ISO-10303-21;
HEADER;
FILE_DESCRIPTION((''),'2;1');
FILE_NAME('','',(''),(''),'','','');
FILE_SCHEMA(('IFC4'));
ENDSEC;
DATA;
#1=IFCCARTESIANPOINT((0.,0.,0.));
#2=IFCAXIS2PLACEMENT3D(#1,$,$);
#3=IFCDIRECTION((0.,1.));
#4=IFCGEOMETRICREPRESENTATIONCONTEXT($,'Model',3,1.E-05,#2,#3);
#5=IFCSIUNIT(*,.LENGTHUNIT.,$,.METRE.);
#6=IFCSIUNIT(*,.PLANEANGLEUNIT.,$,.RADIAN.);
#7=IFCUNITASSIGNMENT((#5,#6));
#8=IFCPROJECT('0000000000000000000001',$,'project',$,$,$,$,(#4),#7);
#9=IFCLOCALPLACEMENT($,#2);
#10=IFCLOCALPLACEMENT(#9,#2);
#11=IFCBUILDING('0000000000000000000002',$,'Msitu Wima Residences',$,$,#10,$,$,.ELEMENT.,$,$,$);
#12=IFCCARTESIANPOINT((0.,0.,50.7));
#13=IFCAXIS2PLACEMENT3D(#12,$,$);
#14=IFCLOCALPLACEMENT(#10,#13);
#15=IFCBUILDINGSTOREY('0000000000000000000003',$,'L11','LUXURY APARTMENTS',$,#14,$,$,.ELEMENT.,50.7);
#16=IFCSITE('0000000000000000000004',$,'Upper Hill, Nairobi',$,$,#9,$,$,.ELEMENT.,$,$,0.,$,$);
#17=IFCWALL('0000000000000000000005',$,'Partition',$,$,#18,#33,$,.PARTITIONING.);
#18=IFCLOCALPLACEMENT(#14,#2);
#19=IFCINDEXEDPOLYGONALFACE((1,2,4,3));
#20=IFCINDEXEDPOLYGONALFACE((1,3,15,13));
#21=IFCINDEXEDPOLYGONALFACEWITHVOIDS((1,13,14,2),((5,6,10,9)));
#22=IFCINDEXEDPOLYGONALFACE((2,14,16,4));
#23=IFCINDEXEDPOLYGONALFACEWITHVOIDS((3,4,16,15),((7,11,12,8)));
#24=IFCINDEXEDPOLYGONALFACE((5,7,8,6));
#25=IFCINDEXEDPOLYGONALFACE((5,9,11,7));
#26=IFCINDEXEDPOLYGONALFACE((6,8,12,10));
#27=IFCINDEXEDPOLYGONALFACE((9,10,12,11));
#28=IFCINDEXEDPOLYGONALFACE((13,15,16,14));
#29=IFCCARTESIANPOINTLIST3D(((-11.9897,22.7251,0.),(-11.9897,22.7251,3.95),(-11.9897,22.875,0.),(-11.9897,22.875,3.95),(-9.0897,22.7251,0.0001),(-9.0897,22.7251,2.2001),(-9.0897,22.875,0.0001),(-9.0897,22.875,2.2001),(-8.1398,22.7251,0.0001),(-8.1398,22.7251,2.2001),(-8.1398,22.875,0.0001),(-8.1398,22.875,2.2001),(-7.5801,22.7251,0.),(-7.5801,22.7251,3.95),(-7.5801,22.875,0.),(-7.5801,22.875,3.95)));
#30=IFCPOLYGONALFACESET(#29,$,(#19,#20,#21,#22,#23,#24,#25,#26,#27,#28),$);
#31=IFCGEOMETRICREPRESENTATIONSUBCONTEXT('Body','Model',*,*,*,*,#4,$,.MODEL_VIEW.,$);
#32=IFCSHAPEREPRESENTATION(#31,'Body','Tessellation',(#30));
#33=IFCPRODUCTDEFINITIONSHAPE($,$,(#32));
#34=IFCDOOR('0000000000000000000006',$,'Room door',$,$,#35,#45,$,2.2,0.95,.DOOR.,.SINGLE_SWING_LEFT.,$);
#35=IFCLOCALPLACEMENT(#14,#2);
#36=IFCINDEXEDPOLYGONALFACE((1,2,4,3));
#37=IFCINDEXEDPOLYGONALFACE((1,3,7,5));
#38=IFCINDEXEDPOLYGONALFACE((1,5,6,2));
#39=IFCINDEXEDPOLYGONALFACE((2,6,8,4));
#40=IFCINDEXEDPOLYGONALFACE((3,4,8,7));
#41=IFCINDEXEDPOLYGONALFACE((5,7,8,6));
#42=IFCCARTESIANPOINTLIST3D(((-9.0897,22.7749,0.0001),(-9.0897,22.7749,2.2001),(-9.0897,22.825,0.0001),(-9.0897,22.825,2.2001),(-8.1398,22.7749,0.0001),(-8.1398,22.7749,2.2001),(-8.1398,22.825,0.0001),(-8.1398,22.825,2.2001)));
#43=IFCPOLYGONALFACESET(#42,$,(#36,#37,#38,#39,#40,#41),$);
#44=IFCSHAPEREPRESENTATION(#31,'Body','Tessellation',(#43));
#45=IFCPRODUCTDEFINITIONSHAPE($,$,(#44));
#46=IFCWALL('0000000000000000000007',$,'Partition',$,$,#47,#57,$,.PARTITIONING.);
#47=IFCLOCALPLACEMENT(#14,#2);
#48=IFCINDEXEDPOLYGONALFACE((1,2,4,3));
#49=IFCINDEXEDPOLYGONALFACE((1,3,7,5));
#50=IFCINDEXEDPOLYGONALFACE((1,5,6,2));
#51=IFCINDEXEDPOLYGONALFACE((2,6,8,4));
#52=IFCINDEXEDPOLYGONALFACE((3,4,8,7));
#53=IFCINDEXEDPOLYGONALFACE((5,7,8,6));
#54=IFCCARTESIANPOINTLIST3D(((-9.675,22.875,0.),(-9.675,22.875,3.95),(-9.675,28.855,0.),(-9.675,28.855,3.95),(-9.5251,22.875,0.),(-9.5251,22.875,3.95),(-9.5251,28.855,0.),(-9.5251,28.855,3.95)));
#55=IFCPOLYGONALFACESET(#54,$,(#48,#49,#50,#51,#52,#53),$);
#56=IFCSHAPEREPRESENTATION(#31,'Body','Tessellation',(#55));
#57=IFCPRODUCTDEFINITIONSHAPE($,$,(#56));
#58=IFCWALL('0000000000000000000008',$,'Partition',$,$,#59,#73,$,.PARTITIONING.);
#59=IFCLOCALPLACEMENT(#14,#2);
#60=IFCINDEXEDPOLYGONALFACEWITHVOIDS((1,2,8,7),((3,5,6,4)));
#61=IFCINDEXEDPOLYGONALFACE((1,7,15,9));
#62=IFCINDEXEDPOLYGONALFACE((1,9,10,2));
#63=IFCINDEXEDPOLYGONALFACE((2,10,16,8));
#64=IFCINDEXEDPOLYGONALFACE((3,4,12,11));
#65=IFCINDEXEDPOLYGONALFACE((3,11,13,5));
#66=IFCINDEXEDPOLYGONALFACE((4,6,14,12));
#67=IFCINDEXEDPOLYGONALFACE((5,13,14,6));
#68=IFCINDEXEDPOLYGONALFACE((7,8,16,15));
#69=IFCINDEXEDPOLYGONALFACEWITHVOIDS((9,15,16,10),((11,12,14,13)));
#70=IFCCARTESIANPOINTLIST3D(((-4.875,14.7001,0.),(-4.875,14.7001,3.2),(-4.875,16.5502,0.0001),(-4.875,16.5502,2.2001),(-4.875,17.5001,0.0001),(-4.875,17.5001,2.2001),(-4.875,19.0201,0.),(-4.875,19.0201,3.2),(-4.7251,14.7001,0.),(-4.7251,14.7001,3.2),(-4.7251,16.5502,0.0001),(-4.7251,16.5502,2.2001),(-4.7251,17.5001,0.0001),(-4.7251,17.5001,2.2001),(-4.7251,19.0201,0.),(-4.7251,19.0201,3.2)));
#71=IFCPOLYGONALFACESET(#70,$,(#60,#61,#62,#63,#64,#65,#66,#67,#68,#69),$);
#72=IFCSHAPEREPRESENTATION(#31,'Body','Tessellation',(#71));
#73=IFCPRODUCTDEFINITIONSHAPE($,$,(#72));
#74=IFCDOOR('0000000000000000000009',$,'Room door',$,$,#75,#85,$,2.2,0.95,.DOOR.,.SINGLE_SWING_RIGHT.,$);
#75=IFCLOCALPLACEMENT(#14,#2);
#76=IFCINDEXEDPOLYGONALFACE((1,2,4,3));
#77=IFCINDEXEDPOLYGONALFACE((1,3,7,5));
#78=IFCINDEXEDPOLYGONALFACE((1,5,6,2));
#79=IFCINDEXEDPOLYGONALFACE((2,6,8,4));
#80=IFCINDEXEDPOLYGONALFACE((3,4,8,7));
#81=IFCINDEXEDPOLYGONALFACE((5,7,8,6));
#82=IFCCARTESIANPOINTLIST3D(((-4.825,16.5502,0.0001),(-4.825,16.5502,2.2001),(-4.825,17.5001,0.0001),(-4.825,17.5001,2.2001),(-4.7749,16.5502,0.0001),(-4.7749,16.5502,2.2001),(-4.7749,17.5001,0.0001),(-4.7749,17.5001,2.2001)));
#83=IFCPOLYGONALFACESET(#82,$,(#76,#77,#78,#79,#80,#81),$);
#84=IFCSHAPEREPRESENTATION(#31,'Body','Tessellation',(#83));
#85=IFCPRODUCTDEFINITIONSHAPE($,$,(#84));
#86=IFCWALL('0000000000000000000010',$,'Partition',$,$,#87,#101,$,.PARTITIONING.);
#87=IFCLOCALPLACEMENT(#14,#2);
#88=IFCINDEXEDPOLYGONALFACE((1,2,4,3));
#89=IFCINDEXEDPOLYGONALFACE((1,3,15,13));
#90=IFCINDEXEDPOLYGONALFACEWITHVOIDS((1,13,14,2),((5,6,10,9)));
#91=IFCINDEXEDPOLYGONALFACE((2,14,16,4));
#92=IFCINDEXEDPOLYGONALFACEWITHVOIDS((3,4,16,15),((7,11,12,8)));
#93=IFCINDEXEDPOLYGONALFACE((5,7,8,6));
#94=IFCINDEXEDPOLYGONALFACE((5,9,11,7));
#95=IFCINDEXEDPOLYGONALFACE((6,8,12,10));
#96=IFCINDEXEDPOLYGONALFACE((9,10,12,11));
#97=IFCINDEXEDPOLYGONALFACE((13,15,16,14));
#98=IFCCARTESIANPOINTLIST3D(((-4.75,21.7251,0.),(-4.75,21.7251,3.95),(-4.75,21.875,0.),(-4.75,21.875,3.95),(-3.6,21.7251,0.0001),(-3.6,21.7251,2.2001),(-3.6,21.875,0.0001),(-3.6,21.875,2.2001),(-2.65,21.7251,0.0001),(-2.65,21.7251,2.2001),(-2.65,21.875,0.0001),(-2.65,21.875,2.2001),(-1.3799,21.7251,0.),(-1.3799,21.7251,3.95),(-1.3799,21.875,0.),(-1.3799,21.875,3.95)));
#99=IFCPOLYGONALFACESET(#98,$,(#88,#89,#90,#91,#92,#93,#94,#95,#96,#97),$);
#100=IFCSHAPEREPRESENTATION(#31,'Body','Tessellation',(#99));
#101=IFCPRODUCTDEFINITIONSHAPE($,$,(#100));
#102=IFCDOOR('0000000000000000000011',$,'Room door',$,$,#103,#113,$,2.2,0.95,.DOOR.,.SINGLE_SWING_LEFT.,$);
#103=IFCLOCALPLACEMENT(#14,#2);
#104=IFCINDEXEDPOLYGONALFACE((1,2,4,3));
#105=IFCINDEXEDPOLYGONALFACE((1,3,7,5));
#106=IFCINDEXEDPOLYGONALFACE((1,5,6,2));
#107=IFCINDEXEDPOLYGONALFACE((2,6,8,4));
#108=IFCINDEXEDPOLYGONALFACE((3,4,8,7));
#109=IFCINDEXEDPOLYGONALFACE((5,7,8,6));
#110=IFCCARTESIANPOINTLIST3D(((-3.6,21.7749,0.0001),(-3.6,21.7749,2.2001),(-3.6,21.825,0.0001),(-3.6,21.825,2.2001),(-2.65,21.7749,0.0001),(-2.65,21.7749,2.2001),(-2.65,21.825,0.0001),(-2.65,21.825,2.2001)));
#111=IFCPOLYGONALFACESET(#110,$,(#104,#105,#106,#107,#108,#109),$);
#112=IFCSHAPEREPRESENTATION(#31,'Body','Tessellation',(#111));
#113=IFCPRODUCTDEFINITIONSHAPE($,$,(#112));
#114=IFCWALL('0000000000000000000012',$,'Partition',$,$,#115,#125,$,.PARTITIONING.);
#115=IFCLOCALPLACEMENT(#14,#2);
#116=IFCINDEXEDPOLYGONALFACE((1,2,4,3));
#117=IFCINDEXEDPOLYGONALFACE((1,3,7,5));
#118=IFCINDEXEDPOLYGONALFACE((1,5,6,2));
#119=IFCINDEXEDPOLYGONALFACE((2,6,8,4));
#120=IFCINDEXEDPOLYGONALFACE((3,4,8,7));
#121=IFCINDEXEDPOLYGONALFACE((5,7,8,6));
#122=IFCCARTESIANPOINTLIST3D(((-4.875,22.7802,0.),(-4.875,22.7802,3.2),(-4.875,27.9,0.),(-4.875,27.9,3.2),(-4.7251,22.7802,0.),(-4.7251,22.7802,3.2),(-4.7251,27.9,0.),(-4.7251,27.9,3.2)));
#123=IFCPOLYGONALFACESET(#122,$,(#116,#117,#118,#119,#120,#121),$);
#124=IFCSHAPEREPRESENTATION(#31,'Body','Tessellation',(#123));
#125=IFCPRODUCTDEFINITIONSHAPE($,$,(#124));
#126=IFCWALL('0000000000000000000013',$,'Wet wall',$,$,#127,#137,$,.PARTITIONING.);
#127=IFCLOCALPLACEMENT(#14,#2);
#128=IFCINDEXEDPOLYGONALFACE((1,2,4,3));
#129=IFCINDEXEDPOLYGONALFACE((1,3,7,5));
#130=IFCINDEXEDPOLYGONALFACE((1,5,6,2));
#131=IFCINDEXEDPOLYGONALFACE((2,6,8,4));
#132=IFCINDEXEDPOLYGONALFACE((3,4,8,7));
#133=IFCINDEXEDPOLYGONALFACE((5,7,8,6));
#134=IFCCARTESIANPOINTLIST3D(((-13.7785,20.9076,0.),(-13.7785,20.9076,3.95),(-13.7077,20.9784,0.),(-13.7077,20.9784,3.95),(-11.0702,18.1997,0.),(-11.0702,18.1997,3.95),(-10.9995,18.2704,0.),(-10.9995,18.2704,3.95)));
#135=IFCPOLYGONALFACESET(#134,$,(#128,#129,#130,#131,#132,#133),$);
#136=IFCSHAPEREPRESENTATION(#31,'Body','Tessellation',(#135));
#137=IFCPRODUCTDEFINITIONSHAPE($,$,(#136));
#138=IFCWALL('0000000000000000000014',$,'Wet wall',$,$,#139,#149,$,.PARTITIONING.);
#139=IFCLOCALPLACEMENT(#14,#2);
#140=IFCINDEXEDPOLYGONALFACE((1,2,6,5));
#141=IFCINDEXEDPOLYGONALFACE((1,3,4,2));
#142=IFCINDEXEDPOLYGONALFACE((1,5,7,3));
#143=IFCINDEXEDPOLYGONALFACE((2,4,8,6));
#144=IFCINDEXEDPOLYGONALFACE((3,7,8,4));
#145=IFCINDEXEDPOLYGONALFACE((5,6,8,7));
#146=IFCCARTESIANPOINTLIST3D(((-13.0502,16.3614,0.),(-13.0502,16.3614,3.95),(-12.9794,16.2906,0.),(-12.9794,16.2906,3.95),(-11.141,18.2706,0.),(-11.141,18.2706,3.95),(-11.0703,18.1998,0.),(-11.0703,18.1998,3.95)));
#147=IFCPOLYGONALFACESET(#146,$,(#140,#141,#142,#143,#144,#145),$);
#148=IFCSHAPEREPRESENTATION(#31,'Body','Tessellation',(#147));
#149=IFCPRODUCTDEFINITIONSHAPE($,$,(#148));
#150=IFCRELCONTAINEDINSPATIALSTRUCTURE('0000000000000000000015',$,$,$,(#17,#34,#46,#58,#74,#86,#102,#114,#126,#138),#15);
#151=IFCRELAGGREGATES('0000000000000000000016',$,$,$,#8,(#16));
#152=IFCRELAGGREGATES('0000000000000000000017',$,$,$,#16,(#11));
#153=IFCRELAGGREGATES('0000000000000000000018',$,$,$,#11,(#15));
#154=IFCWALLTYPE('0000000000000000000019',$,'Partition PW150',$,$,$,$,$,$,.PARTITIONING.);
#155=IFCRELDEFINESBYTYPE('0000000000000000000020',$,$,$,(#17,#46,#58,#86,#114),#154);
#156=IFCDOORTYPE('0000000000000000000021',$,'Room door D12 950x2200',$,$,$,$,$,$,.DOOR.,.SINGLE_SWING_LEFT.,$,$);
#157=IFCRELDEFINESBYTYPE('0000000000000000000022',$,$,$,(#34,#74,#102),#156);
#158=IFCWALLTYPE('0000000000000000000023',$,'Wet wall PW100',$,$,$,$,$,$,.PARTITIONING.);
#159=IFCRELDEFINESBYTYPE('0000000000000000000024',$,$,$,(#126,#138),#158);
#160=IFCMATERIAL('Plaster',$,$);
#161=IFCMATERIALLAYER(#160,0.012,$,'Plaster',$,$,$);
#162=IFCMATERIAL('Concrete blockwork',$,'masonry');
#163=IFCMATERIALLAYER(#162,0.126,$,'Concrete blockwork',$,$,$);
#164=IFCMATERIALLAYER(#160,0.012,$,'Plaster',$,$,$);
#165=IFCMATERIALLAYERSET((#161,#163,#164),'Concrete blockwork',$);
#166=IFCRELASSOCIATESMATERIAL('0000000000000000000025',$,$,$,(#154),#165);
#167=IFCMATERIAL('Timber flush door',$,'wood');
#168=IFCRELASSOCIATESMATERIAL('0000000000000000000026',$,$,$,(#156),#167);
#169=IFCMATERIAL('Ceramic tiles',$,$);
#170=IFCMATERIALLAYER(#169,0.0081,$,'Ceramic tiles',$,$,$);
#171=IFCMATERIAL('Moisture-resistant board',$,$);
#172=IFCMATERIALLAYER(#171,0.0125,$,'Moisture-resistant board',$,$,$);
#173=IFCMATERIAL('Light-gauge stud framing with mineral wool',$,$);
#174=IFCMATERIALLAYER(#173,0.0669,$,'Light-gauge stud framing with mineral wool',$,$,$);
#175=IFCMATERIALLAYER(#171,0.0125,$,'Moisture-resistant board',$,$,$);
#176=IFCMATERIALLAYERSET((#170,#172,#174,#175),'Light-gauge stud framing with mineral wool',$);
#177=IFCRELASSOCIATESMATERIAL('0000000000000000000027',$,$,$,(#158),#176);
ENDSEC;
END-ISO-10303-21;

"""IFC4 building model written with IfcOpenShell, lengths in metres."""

from ifc_helpers import new_model, si_unit, direction, frame, frame_2d, origin, place, context, subcontext, project, spatial, rectangle, extrude, material, layer, layer_set, type_object, element, fill, save


model = new_model("IFC4")

# Units and contexts
model_context = context("Model", 3, precision=1e-05, world=origin(), true_north=direction((0.0, 1.0)))
body_context = subcontext(model_context, "Body", "Model", "MODEL_VIEW")
ifc_project = project(units=[si_unit("LENGTHUNIT", "METRE"), si_unit("PLANEANGLEUNIT", "RADIAN")], contexts=[model_context])

# Site, building, storey
site_placement = place(None, origin())
site = spatial("IfcSite", under=ifc_project, at=site_placement, Name="Upper Hill, Nairobi", CompositionType="ELEMENT", RefElevation=0.0)
building_placement = place(site_placement, origin())
building = spatial("IfcBuilding", under=site, at=building_placement, Name="Msitu Wima Residences", CompositionType="ELEMENT")
storey_placement = place(building_placement, frame((0.0, 0.0, 50.7)))
storey = spatial("IfcBuildingStorey", under=building, at=storey_placement, Name="L11", Description="LUXURY APARTMENTS", CompositionType="ELEMENT", Elevation=50.7)

# Wall, opening, door
ifc_material_1 = material(Name="Plaster")
ifc_layer_1 = layer(ifc_material_1, 0.012, Name="Plaster")
ifc_material_2 = material(Name="Concrete blockwork", Category="masonry")
ifc_layer_2 = layer(ifc_material_2, 0.126, Name="Concrete blockwork")
ifc_layer_3 = layer(ifc_material_1, 0.012, Name="Plaster")
ifc_layer_set_1 = layer_set([ifc_layer_1, ifc_layer_2, ifc_layer_3], Name="Concrete blockwork")
wall_type_1 = type_object("IfcWallType", Name="Partition PW150", PredefinedType="PARTITIONING", material=ifc_layer_set_1)
ifc_material_3 = material(Name="Timber flush door", Category="wood")
door_type_1 = type_object("IfcDoorType", Name="Room door D12 950x2200", OperationType="SINGLE_SWING_LEFT", PredefinedType="DOOR", material=ifc_material_3)
wall_1_placement = place(storey_placement, frame((-11.9897, 22.8, 0.0), z_axis=(0.0, 0.0, 1.0), x_axis=(1.0, 0.0, 0.0)))
wall_1 = element("IfcWall", 1, at=wall_1_placement, inside=storey, type_object=wall_type_1, Name="Partition", PredefinedType="PARTITIONING", context=body_context, shape_type="SweptSolid", body=[
    extrude(rectangle(XDim=4.4097, YDim=0.1499, at=frame_2d((2.2048, 0.0))), origin(), (0.0, 0.0, 1.0), 3.95),
])
opening_1_placement = place(wall_1_placement, frame((2.8999, 0.0, 0.0)))
opening_1 = element("IfcOpeningElement", 2, at=opening_1_placement, cuts=wall_1, PredefinedType="OPENING", context=body_context, shape_type="SweptSolid", body=[
    extrude(rectangle(XDim=0.95, YDim=2.2, at=frame_2d((0.4751, 1.1001))), frame((0.0, 0.085, 0.0), z_axis=(0.0, -1.0, 0.0), x_axis=(1.0, 0.0, 0.0)), (0.0, 0.0, 1.0), 0.1699),
])
door_1_placement = place(opening_1_placement, origin())
door_1 = element("IfcDoor", 3, at=door_1_placement, inside=storey, type_object=door_type_1, Name="Room door", OperationType="SINGLE_SWING_LEFT", OverallHeight=2.2, OverallWidth=0.95, PredefinedType="DOOR", context=body_context, shape_type="SweptSolid", body=[
    extrude(rectangle(XDim=0.95, YDim=2.2, at=frame_2d((0.4751, 1.1001))), frame((0.0, 0.0249, 0.0), z_axis=(0.0, -1.0, 0.0), x_axis=(1.0, 0.0, 0.0)), (0.0, 0.0, 1.0), 0.05),
])
fill(opening_1, door_1)

# Wall
wall_2_placement = place(storey_placement, frame((-9.6001, 22.875, 0.0), z_axis=(0.0, 0.0, 1.0), x_axis=(0.0, 1.0, 0.0)))
element("IfcWall", 4, at=wall_2_placement, inside=storey, type_object=wall_type_1, Name="Partition", PredefinedType="PARTITIONING", context=body_context, shape_type="SweptSolid", body=[
    extrude(rectangle(XDim=5.98, YDim=0.1499, at=frame_2d((2.99, 0.0))), origin(), (0.0, 0.0, 1.0), 3.95),
])

# Walls, openings, doors
wall_3_placement = place(storey_placement, frame((-4.8, 14.7, 0.0), z_axis=(0.0, 0.0, 1.0), x_axis=(0.0, 1.0, 0.0)))
wall_3 = element("IfcWall", 5, at=wall_3_placement, inside=storey, type_object=wall_type_1, Name="Partition", PredefinedType="PARTITIONING", context=body_context, shape_type="SweptSolid", body=[
    extrude(rectangle(XDim=4.3201, YDim=0.1499, at=frame_2d((2.1602, 0.0))), origin(), (0.0, 0.0, 1.0), 3.2),
])
opening_2_placement = place(wall_3_placement, frame((1.8501, 0.0, 0.0)))
opening_2 = element("IfcOpeningElement", 6, at=opening_2_placement, cuts=wall_3, PredefinedType="OPENING", context=body_context, shape_type="SweptSolid", body=[
    extrude(rectangle(XDim=0.95, YDim=2.2, at=frame_2d((0.4751, 1.1001))), frame((0.0, 0.085, 0.0), z_axis=(0.0, -1.0, 0.0), x_axis=(1.0, 0.0, 0.0)), (0.0, 0.0, 1.0), 0.1699),
])
door_2_placement = place(opening_2_placement, origin())
door_2 = element("IfcDoor", 7, at=door_2_placement, inside=storey, type_object=door_type_1, Name="Room door", OperationType="SINGLE_SWING_RIGHT", OverallHeight=2.2, OverallWidth=0.95, PredefinedType="DOOR", context=body_context, shape_type="SweptSolid", body=[
    extrude(rectangle(XDim=0.95, YDim=2.2, at=frame_2d((0.4751, 1.1001))), frame((0.0, 0.0249, 0.0), z_axis=(0.0, -1.0, 0.0), x_axis=(1.0, 0.0, 0.0)), (0.0, 0.0, 1.0), 0.05),
])
fill(opening_2, door_2)
wall_4_placement = place(storey_placement, frame((-4.75, 21.8, 0.0), z_axis=(0.0, 0.0, 1.0), x_axis=(1.0, 0.0, 0.0)))
wall_4 = element("IfcWall", 8, at=wall_4_placement, inside=storey, type_object=wall_type_1, Name="Partition", PredefinedType="PARTITIONING", context=body_context, shape_type="SweptSolid", body=[
    extrude(rectangle(XDim=3.3701, YDim=0.1499, at=frame_2d((1.6851, 0.0))), origin(), (0.0, 0.0, 1.0), 3.95),
])
opening_3_placement = place(wall_4_placement, frame((1.1499, 0.0, 0.0)))
opening_3 = element("IfcOpeningElement", 9, at=opening_3_placement, cuts=wall_4, PredefinedType="OPENING", context=body_context, shape_type="SweptSolid", body=[
    extrude(rectangle(XDim=0.95, YDim=2.2, at=frame_2d((0.4751, 1.1001))), frame((0.0, 0.085, 0.0), z_axis=(0.0, -1.0, 0.0), x_axis=(1.0, 0.0, 0.0)), (0.0, 0.0, 1.0), 0.1699),
])
door_3_placement = place(opening_3_placement, origin())
door_3 = element("IfcDoor", 10, at=door_3_placement, inside=storey, type_object=door_type_1, Name="Room door", OperationType="SINGLE_SWING_LEFT", OverallHeight=2.2, OverallWidth=0.95, PredefinedType="DOOR", context=body_context, shape_type="SweptSolid", body=[
    extrude(rectangle(XDim=0.95, YDim=2.2, at=frame_2d((0.4751, 1.1001))), frame((0.0, 0.0249, 0.0), z_axis=(0.0, -1.0, 0.0), x_axis=(1.0, 0.0, 0.0)), (0.0, 0.0, 1.0), 0.05),
])
fill(opening_3, door_3)

# Walls
wall_5_placement = place(storey_placement, frame((-4.8, 22.78, 0.0), z_axis=(0.0, 0.0, 1.0), x_axis=(0.0, 1.0, 0.0)))
element("IfcWall", 11, at=wall_5_placement, inside=storey, type_object=wall_type_1, Name="Partition", PredefinedType="PARTITIONING", context=body_context, shape_type="SweptSolid", body=[
    extrude(rectangle(XDim=5.1199, YDim=0.1499, at=frame_2d((2.5601, 0.0))), origin(), (0.0, 0.0, 1.0), 3.2),
])
ifc_material_4 = material(Name="Ceramic tiles")
ifc_layer_4 = layer(ifc_material_4, 0.0081, Name="Ceramic tiles")
ifc_material_5 = material(Name="Moisture-resistant board")
ifc_layer_5 = layer(ifc_material_5, 0.0125, Name="Moisture-resistant board")
ifc_material_6 = material(Name="Light-gauge stud framing with mineral wool")
ifc_layer_6 = layer(ifc_material_6, 0.0669, Name="Light-gauge stud framing with mineral wool")
ifc_layer_7 = layer(ifc_material_5, 0.0125, Name="Moisture-resistant board")
ifc_layer_set_2 = layer_set([ifc_layer_4, ifc_layer_5, ifc_layer_6, ifc_layer_7], Name="Light-gauge stud framing with mineral wool")
wall_type_2 = type_object("IfcWallType", Name="Wet wall PW100", PredefinedType="PARTITIONING", material=ifc_layer_set_2)
wall_6_placement = place(storey_placement, frame((-13.7432, 20.9431, 0.0), z_axis=(0.0, 0.0, 1.0), x_axis=(0.707139, -0.707075, 0.0)))
element("IfcWall", 12, at=wall_6_placement, inside=storey, type_object=wall_type_2, Name="Wet wall", PredefinedType="PARTITIONING", context=body_context, shape_type="SweptSolid", body=[
    extrude(rectangle(XDim=3.8298, YDim=0.1001, at=frame_2d((1.915, 0.0))), origin(), (0.0, 0.0, 1.0), 3.95),
])
wall_7_placement = place(storey_placement, frame((-13.0149, 16.3259, 0.0), z_axis=(0.0, 0.0, 1.0), x_axis=(0.707107, 0.707107, 0.0)))
element("IfcWall", 13, at=wall_7_placement, inside=storey, type_object=wall_type_2, Name="Wet wall", PredefinedType="PARTITIONING", context=body_context, shape_type="SweptSolid", body=[
    extrude(rectangle(XDim=2.7, YDim=0.1001, at=frame_2d((1.3501, 0.0))), origin(), (0.0, 0.0, 1.0), 3.95),
])

save(model, "model.ifc")
